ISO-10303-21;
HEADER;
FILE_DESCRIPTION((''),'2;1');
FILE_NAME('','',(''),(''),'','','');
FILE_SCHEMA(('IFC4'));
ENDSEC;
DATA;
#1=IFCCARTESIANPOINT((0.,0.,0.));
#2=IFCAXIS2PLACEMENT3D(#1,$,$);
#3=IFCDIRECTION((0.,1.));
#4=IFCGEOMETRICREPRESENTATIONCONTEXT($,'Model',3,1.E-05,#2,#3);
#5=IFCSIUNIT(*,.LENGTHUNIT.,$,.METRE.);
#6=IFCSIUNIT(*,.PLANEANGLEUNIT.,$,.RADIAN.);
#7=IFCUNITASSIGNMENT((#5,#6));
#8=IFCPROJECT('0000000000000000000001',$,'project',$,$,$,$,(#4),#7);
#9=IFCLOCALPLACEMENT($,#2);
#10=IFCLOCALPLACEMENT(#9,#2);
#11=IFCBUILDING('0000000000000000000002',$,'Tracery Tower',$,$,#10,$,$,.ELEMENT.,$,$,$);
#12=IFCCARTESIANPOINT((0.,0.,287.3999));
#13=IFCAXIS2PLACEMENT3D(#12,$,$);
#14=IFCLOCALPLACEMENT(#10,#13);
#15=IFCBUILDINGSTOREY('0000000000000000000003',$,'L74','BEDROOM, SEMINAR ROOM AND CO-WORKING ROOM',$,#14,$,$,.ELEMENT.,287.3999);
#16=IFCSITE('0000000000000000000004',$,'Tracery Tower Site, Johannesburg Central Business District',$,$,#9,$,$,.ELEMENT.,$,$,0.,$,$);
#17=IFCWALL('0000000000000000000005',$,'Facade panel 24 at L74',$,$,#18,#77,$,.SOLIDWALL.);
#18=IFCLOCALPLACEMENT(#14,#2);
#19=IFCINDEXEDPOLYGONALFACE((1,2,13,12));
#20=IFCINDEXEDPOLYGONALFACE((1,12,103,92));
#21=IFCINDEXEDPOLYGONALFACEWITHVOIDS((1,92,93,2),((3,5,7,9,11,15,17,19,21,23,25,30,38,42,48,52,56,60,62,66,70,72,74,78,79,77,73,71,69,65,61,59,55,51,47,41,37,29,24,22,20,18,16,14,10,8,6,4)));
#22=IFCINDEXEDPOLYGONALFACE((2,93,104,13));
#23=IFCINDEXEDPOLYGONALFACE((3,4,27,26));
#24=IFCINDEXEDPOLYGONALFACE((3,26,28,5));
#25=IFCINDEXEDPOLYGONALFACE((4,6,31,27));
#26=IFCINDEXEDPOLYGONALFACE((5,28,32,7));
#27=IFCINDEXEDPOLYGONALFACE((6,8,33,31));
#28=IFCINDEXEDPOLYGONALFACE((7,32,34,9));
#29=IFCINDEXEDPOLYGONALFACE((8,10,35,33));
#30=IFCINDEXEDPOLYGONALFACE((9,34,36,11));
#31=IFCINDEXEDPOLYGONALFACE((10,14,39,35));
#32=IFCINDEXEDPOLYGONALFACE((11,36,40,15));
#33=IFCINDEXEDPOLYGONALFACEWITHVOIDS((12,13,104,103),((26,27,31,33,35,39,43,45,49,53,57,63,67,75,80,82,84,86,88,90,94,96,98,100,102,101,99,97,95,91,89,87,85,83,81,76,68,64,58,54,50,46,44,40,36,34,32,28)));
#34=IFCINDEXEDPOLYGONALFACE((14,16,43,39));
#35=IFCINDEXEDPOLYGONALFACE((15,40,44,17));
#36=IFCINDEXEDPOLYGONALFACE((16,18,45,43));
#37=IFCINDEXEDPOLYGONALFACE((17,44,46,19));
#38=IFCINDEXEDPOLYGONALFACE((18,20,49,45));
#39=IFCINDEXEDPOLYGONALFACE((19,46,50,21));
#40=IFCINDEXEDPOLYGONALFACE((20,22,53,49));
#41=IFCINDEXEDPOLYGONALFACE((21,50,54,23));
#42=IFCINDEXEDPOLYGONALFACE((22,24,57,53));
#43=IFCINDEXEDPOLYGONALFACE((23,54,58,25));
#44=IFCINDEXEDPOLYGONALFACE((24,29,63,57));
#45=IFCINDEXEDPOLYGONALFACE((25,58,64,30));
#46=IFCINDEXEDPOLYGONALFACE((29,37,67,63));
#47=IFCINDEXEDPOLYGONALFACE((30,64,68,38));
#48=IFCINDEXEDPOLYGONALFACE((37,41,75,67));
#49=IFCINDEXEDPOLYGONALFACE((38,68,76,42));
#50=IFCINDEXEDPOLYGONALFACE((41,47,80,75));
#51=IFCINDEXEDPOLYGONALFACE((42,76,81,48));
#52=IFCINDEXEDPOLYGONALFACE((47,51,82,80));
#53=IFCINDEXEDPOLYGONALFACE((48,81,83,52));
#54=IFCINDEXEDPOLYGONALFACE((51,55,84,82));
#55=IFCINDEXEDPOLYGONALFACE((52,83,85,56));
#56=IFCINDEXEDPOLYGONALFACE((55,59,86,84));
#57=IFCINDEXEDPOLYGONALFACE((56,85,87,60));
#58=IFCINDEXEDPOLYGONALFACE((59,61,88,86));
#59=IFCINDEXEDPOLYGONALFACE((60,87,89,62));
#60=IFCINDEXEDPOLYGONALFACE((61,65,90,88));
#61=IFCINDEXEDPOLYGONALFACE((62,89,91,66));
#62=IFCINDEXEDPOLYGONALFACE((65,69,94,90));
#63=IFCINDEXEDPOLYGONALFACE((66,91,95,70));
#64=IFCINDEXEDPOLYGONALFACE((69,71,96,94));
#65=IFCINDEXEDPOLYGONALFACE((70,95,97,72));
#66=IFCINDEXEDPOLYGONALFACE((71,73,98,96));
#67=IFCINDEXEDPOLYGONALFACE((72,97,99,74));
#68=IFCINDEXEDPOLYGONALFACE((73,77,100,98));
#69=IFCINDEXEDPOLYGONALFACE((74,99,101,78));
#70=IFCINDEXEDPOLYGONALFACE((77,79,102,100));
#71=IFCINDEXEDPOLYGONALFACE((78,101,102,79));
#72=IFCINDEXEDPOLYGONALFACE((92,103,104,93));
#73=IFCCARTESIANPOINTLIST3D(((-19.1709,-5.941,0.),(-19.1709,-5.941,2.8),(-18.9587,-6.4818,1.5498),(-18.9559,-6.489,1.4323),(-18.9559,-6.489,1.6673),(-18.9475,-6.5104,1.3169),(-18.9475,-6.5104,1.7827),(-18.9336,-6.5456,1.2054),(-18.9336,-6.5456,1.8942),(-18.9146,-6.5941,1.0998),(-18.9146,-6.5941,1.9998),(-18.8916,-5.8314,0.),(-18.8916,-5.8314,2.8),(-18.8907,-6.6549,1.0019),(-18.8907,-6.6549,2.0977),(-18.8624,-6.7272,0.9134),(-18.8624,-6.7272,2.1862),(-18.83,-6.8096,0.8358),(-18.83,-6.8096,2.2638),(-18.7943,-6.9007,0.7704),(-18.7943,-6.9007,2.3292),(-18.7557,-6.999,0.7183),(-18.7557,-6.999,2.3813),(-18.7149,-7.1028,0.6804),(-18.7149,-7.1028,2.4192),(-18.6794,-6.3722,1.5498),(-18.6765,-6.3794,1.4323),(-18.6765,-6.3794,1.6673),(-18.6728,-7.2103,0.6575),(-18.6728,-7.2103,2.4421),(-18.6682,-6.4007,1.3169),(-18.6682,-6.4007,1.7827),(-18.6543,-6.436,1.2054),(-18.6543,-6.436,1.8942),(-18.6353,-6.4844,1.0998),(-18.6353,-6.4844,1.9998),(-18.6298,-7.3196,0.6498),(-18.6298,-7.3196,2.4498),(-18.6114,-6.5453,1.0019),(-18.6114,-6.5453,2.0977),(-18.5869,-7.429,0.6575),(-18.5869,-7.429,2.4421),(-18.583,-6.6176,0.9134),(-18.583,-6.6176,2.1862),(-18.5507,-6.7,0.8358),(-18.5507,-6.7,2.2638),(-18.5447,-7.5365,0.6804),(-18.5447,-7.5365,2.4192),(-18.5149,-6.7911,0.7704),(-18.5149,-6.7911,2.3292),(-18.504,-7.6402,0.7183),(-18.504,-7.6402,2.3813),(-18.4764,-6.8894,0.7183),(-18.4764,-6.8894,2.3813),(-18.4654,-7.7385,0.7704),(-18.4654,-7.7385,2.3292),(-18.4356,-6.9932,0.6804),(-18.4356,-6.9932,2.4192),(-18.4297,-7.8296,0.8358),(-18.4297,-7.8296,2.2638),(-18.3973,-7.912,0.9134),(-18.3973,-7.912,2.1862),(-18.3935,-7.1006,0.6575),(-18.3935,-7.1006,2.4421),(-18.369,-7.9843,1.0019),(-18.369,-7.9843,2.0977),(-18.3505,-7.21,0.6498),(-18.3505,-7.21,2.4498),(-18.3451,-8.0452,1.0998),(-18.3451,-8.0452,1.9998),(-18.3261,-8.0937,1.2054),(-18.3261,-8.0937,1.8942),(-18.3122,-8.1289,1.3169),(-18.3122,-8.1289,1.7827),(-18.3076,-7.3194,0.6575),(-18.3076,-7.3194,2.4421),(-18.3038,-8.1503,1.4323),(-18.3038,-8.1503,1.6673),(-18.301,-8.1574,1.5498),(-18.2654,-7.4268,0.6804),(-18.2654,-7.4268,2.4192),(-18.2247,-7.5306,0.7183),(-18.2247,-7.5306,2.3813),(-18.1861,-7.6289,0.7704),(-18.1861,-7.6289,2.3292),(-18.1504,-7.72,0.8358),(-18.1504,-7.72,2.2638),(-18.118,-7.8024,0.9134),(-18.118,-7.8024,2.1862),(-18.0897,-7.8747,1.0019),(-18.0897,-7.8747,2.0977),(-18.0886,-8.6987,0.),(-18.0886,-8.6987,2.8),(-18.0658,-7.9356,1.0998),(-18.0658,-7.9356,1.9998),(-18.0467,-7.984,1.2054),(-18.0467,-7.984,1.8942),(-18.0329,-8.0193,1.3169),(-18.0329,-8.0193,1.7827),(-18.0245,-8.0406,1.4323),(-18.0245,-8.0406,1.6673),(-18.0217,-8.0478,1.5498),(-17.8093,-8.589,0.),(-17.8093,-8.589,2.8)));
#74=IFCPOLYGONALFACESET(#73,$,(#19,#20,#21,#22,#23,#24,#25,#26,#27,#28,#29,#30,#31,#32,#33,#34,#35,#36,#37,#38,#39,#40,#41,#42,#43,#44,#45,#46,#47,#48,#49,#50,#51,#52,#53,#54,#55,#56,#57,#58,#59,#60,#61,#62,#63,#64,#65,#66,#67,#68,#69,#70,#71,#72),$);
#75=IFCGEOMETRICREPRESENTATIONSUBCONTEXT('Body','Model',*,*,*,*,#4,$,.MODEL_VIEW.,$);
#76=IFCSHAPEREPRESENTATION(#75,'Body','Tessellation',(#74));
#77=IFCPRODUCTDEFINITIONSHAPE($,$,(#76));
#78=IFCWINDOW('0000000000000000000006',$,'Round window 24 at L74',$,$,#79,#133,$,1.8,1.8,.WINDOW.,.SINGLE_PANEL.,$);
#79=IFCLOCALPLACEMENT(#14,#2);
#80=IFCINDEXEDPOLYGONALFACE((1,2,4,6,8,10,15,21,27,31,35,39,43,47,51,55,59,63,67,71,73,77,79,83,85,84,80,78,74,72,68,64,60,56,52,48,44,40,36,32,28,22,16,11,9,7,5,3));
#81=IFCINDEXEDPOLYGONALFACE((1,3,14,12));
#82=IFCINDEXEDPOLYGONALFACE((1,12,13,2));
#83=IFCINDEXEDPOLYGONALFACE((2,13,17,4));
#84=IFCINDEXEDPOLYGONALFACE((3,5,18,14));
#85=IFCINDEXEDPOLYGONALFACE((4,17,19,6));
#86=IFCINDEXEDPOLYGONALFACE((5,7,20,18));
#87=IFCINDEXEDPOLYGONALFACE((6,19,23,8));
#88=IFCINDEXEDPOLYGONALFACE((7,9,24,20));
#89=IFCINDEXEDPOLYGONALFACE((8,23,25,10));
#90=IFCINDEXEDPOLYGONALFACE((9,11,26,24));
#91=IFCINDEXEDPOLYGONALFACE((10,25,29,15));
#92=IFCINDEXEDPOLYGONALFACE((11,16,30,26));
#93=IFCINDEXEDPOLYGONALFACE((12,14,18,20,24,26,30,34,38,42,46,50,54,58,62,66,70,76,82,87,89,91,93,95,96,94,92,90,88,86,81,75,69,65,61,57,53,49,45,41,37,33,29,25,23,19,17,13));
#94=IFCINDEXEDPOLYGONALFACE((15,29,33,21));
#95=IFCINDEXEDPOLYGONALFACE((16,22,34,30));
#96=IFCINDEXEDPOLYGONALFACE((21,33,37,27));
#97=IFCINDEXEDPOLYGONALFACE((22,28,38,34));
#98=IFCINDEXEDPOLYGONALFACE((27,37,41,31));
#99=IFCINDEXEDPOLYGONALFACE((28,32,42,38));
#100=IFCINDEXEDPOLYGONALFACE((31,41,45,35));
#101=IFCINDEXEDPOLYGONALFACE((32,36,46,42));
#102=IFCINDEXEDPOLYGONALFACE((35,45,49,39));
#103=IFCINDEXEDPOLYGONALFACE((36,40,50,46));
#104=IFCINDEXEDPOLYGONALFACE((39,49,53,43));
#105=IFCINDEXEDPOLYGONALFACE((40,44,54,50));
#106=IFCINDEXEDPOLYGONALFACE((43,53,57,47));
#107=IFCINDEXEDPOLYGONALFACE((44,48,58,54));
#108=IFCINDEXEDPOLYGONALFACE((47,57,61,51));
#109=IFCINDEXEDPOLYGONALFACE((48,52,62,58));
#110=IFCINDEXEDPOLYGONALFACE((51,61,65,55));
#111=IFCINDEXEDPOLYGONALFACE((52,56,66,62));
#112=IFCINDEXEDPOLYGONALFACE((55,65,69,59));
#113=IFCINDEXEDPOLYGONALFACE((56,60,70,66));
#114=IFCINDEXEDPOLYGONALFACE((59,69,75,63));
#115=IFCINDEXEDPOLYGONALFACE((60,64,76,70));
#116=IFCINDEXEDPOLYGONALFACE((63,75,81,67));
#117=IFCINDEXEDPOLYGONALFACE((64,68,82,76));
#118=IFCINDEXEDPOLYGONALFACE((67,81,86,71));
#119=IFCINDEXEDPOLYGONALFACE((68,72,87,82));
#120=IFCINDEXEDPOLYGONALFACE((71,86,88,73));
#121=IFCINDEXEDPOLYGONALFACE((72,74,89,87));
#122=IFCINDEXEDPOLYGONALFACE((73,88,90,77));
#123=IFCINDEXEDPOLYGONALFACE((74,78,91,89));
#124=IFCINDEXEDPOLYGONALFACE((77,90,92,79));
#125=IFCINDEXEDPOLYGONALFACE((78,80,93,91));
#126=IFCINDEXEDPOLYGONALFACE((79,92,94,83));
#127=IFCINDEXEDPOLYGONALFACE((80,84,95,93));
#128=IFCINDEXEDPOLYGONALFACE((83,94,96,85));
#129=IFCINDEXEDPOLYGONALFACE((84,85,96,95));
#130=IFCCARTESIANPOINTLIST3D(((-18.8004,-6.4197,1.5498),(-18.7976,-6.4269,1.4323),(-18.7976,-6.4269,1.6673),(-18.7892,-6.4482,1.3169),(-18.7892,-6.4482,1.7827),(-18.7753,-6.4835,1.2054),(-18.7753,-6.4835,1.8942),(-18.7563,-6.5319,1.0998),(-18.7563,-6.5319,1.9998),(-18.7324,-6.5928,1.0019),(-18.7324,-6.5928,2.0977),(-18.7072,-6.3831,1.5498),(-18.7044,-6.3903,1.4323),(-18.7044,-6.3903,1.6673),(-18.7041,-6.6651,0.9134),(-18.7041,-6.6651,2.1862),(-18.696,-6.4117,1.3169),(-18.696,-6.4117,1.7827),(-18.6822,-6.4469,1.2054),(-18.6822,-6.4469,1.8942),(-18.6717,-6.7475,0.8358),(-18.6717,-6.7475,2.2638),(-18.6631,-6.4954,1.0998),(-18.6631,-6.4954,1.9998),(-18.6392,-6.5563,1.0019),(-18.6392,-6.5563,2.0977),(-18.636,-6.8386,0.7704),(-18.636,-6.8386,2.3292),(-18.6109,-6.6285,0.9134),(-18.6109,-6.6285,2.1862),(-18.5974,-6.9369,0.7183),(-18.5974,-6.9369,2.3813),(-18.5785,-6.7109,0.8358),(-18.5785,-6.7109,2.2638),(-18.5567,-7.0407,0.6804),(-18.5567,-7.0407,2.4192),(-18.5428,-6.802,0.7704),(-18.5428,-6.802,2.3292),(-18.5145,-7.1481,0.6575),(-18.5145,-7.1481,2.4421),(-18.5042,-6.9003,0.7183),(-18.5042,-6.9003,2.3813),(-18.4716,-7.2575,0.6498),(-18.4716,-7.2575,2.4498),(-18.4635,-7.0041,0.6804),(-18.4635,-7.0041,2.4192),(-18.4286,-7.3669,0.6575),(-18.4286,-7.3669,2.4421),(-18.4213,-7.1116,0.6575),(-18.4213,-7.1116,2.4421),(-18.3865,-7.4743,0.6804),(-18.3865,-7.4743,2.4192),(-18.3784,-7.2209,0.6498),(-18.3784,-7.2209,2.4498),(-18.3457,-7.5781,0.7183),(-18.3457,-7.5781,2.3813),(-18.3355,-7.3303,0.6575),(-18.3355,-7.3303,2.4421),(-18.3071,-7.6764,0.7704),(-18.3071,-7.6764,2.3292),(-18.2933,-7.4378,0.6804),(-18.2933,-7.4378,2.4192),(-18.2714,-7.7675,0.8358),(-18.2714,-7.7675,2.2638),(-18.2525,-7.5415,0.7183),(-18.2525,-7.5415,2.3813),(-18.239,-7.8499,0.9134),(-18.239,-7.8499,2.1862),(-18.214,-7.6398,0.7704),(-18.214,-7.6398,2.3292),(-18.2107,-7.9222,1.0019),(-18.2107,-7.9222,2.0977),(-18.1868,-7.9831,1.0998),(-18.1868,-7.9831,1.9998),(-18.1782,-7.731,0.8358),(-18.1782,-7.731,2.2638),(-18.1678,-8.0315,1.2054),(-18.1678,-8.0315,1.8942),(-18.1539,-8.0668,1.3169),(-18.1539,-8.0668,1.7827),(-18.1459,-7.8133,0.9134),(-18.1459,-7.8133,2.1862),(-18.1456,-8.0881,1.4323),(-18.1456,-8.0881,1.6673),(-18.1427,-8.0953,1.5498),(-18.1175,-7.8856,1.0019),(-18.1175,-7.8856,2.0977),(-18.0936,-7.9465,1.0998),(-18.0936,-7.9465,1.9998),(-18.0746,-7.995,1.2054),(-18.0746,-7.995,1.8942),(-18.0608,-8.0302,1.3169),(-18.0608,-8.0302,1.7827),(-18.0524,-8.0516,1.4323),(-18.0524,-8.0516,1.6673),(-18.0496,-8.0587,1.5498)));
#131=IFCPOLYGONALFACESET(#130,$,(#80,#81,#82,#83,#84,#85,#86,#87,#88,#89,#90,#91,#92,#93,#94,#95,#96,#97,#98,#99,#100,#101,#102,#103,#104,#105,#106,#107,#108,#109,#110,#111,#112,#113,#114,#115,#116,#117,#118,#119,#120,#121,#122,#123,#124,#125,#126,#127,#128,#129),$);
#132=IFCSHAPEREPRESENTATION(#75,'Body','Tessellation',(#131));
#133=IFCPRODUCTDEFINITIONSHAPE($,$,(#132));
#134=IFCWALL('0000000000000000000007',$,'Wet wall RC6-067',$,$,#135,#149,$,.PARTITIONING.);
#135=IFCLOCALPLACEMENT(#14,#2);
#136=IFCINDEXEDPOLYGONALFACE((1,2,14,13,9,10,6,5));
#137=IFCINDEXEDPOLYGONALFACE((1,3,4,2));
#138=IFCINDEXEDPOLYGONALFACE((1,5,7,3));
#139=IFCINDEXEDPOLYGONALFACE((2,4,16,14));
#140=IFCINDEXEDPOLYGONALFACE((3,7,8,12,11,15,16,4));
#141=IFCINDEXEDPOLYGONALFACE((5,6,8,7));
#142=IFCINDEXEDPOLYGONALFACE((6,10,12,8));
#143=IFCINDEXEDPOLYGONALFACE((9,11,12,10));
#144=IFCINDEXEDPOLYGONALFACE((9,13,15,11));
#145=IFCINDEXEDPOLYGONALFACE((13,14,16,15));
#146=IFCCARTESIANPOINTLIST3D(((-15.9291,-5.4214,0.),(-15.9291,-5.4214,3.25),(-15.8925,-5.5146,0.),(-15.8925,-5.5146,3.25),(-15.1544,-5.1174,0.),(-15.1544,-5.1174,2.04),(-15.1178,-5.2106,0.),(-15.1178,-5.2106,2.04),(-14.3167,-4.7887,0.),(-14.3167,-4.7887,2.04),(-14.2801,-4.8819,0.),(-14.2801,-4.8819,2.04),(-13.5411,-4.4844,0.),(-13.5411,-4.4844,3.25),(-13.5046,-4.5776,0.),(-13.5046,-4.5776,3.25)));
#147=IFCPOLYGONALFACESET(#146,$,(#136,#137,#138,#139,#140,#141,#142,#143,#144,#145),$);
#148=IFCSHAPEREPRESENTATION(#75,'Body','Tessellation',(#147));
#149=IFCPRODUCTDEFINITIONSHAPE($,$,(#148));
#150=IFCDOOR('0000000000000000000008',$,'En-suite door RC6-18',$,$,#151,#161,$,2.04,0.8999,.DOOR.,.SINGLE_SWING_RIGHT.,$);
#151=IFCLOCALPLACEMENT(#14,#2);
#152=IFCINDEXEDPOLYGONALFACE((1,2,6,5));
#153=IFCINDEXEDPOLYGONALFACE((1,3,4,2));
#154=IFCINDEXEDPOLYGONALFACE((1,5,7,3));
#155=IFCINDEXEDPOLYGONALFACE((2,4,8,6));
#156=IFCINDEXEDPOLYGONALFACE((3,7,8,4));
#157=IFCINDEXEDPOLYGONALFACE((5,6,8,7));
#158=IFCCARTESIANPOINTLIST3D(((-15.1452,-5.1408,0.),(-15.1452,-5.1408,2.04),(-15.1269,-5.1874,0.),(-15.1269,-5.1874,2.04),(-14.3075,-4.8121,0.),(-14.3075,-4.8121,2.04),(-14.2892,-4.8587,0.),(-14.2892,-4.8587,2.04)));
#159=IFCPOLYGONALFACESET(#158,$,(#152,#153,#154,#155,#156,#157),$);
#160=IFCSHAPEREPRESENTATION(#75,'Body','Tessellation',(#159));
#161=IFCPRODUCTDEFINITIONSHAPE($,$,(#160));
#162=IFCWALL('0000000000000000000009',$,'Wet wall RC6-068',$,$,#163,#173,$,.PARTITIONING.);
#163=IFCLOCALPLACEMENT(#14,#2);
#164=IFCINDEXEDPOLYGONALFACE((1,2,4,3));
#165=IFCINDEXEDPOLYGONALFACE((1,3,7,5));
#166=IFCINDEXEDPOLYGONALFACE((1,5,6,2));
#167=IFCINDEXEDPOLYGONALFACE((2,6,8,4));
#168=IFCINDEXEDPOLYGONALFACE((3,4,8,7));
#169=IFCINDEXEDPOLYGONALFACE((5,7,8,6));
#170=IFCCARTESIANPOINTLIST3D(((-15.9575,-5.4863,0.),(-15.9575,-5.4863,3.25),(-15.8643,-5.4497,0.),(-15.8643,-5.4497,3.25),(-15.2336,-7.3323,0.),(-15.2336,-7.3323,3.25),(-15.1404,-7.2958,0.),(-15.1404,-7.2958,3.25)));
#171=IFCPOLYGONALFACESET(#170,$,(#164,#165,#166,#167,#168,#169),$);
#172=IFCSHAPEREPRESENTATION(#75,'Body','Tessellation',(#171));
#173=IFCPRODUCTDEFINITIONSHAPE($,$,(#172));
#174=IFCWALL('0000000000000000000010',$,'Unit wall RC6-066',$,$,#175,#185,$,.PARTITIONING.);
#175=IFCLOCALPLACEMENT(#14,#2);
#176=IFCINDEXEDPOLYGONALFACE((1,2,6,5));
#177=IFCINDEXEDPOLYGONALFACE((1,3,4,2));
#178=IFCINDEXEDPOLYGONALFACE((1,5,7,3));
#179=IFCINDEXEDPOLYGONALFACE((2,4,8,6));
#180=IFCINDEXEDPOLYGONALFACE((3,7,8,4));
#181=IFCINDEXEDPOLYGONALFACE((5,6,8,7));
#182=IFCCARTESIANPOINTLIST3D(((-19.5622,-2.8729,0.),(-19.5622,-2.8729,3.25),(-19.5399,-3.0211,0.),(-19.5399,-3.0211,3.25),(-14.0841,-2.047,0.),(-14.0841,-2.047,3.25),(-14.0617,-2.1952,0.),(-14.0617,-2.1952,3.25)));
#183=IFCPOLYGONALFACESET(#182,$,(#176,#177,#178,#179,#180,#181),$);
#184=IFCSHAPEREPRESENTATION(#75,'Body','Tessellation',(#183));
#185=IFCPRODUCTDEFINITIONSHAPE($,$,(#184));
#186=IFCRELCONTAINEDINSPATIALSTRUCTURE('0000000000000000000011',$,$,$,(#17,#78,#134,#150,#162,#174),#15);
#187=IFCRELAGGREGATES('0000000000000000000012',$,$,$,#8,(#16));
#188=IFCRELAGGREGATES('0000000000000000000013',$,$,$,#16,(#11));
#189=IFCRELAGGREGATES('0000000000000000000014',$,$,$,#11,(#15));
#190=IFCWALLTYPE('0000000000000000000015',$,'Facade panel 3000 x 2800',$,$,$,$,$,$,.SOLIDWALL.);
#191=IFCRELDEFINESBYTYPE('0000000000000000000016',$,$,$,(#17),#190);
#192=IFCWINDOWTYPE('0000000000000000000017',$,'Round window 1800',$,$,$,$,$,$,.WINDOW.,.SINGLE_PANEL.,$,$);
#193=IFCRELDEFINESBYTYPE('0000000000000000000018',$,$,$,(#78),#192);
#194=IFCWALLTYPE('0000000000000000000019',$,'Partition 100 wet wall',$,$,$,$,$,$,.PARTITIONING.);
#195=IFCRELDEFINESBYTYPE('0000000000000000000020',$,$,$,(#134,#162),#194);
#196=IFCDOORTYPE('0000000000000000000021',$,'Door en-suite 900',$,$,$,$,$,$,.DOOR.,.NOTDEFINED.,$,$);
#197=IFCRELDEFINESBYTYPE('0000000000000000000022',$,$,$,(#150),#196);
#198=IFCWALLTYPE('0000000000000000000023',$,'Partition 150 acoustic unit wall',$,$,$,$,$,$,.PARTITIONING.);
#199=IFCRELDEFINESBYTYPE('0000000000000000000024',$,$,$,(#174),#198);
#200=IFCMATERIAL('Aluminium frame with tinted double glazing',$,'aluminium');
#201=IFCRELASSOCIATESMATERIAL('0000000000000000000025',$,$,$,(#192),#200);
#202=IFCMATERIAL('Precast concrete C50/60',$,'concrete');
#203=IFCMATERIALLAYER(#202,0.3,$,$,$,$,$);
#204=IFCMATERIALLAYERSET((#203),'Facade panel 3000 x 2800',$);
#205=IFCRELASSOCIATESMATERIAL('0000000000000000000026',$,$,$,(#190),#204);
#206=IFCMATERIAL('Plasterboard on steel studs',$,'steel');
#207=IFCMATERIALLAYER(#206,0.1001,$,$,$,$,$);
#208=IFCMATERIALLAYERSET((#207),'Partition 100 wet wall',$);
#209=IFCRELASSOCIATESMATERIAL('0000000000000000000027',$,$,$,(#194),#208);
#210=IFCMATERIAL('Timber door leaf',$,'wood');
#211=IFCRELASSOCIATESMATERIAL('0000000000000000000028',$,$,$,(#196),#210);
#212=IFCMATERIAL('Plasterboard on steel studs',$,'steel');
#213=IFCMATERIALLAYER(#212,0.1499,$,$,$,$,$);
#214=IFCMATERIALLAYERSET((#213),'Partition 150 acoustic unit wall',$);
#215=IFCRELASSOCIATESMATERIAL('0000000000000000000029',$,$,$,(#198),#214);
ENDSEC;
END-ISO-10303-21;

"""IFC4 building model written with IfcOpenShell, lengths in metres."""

from ifc_helpers import new_model, si_unit, direction, frame, frame_2d, origin, origin_2d, place, context, subcontext, project, spatial, rectangle, circle, extrude, material, layer, layer_set, type_object, element, fill, save


model = new_model("IFC4")

# Units and contexts
model_context = context("Model", 3, precision=1e-05, world=origin(), true_north=direction((0.0, 1.0)))
body_context = subcontext(model_context, "Body", "Model", "MODEL_VIEW")
ifc_project = project(units=[si_unit("LENGTHUNIT", "METRE"), si_unit("PLANEANGLEUNIT", "RADIAN")], contexts=[model_context])

# Site, building, storey
site_placement = place(None, origin())
site = spatial("IfcSite", under=ifc_project, at=site_placement, Name="Tracery Tower Site, Johannesburg Central Business District", CompositionType="ELEMENT", RefElevation=0.0)
building_placement = place(site_placement, origin())
building = spatial("IfcBuilding", under=site, at=building_placement, Name="Tracery Tower", CompositionType="ELEMENT")
storey_placement = place(building_placement, frame((0.0, 0.0, 287.3999)))
storey = spatial("IfcBuildingStorey", under=building, at=storey_placement, Name="L74", Description="BEDROOM, SEMINAR ROOM AND CO-WORKING ROOM", CompositionType="ELEMENT", Elevation=287.3999)

# Wall, opening, window
ifc_material_1 = material(Name="Aluminium frame with tinted double glazing", Category="aluminium")
window_type = type_object("IfcWindowType", Name="Round window 1800", PartitioningType="SINGLE_PANEL", PredefinedType="WINDOW", material=ifc_material_1)
ifc_material_2 = material(Name="Precast concrete C50/60", Category="concrete")
ifc_layer_1 = layer(ifc_material_2, 0.3)
ifc_layer_set_1 = layer_set([ifc_layer_1], Name="Facade panel 3000 x 2800")
wall_type_1 = type_object("IfcWallType", Name="Facade panel 3000 x 2800", PredefinedType="SOLIDWALL", material=ifc_layer_set_1)
wall_1_placement = place(storey_placement, frame((-19.0312, -5.8862, 0.0), z_axis=(0.0, 0.0, 1.0), x_axis=(0.365344, -0.930873, 0.0)))
wall_1 = element("IfcWall", 1, at=wall_1_placement, inside=storey, type_object=wall_type_1, Name="Facade panel 24 at L74", PredefinedType="SOLIDWALL", context=body_context, shape_type="SweptSolid", body=[
    extrude(rectangle(XDim=2.9624, YDim=0.3, at=frame_2d((1.4812, 0.0))), origin(), (0.0, 0.0, 1.0), 2.8),
])
opening_1_placement = place(wall_1_placement, frame((1.481, 0.0, 1.5498)))
opening_1 = element("IfcOpeningElement", 2, at=opening_1_placement, cuts=wall_1, PredefinedType="OPENING", context=body_context, shape_type="SweptSolid", body=[
    extrude(circle(Radius=0.9, at=origin_2d()), frame((0.0, 0.1599, 0.0), z_axis=(0.0, -1.0, 0.0), x_axis=(1.0, 0.0, 0.0)), (0.0, 0.0, 1.0), 0.3201),
])
window_1_placement = place(opening_1_placement, origin())
window_1 = element("IfcWindow", 3, at=window_1_placement, inside=storey, type_object=window_type, Name="Round window 24 at L74", OverallHeight=1.8, OverallWidth=1.8, PartitioningType="SINGLE_PANEL", PredefinedType="WINDOW", context=body_context, shape_type="SweptSolid", body=[
    extrude(circle(Radius=0.9, at=origin_2d()), frame((0.0, 0.1201, 0.0), z_axis=(0.0, -1.0, 0.0), x_axis=(1.0, 0.0, 0.0)), (0.0, 0.0, 1.0), 0.1001),
])
fill(opening_1, window_1)

# Wall, opening, door
ifc_material_3 = material(Name="Plasterboard on steel studs", Category="steel")
ifc_layer_2 = layer(ifc_material_3, 0.1001)
ifc_layer_set_2 = layer_set([ifc_layer_2], Name="Partition 100 wet wall")
wall_type_2 = type_object("IfcWallType", Name="Partition 100 wet wall", PredefinedType="PARTITIONING", material=ifc_layer_set_2)
wall_2_placement = place(storey_placement, frame((-15.9109, -5.468, 0.0), z_axis=(0.0, 0.0, 1.0), x_axis=(0.930898, 0.365278, 0.0)))
wall_2 = element("IfcWall", 4, at=wall_2_placement, inside=storey, type_object=wall_type_2, Name="Wet wall RC6-067", PredefinedType="PARTITIONING", context=body_context, shape_type="SweptSolid", body=[
    extrude(rectangle(XDim=2.5652, YDim=0.1001, at=frame_2d((1.2827, 0.0))), origin(), (0.0, 0.0, 1.0), 3.25),
])
opening_2_placement = place(wall_2_placement, frame((0.8323, 0.0, 0.0)))
opening_2 = element("IfcOpeningElement", 5, at=opening_2_placement, cuts=wall_2, PredefinedType="OPENING", context=body_context, shape_type="SweptSolid", body=[
    extrude(rectangle(XDim=0.8999, YDim=2.04, at=frame_2d((0.45, 1.02))), frame((0.0, 0.05, 0.0), z_axis=(0.0, -1.0, 0.0), x_axis=(1.0, 0.0, 0.0)), (0.0, 0.0, 1.0), 0.1001),
])
ifc_material_4 = material(Name="Timber door leaf", Category="wood")
door_type_1 = type_object("IfcDoorType", Name="Door en-suite 900", OperationType="NOTDEFINED", PredefinedType="DOOR", material=ifc_material_4)
door_1_placement = place(opening_2_placement, origin())
door_1 = element("IfcDoor", 6, at=door_1_placement, inside=storey, type_object=door_type_1, Name="En-suite door RC6-18", OperationType="SINGLE_SWING_RIGHT", OverallHeight=2.04, OverallWidth=0.8999, PredefinedType="DOOR", context=body_context, shape_type="SweptSolid", body=[
    extrude(rectangle(XDim=0.8999, YDim=2.04, at=frame_2d((0.45, 1.02))), frame((0.0, 0.0249, 0.0), z_axis=(0.0, -1.0, 0.0), x_axis=(1.0, 0.0, 0.0)), (0.0, 0.0, 1.0), 0.05),
])
fill(opening_2, door_1)

# Walls
wall_3_placement = place(storey_placement, frame((-15.9109, -5.468, 0.0), z_axis=(0.0, 0.0, 1.0), x_axis=(0.365077, -0.930977, 0.0)))
element("IfcWall", 7, at=wall_3_placement, inside=storey, type_object=wall_type_2, Name="Wet wall RC6-068", PredefinedType="PARTITIONING", context=body_context, shape_type="SweptSolid", body=[
    extrude(rectangle(XDim=1.9829, YDim=0.1001, at=frame_2d((0.9915, 0.0))), origin(), (0.0, 0.0, 1.0), 3.25),
])
ifc_material_5 = material(Name="Plasterboard on steel studs", Category="steel")
ifc_layer_3 = layer(ifc_material_5, 0.1499)
ifc_layer_set_3 = layer_set([ifc_layer_3], Name="Partition 150 acoustic unit wall")
wall_type_3 = type_object("IfcWallType", Name="Partition 150 acoustic unit wall", PredefinedType="PARTITIONING", material=ifc_layer_set_3)
wall_4_placement = place(storey_placement, frame((-19.551, -2.947, 0.0), z_axis=(0.0, 0.0, 1.0), x_axis=(0.988824, 0.149086, 0.0)))
element("IfcWall", 8, at=wall_4_placement, inside=storey, type_object=wall_type_3, Name="Unit wall RC6-066", PredefinedType="PARTITIONING", context=body_context, shape_type="SweptSolid", body=[
    extrude(rectangle(XDim=5.54, YDim=0.1499, at=frame_2d((2.77, 0.0))), origin(), (0.0, 0.0, 1.0), 3.25),
])

save(model, "model.ifc")
